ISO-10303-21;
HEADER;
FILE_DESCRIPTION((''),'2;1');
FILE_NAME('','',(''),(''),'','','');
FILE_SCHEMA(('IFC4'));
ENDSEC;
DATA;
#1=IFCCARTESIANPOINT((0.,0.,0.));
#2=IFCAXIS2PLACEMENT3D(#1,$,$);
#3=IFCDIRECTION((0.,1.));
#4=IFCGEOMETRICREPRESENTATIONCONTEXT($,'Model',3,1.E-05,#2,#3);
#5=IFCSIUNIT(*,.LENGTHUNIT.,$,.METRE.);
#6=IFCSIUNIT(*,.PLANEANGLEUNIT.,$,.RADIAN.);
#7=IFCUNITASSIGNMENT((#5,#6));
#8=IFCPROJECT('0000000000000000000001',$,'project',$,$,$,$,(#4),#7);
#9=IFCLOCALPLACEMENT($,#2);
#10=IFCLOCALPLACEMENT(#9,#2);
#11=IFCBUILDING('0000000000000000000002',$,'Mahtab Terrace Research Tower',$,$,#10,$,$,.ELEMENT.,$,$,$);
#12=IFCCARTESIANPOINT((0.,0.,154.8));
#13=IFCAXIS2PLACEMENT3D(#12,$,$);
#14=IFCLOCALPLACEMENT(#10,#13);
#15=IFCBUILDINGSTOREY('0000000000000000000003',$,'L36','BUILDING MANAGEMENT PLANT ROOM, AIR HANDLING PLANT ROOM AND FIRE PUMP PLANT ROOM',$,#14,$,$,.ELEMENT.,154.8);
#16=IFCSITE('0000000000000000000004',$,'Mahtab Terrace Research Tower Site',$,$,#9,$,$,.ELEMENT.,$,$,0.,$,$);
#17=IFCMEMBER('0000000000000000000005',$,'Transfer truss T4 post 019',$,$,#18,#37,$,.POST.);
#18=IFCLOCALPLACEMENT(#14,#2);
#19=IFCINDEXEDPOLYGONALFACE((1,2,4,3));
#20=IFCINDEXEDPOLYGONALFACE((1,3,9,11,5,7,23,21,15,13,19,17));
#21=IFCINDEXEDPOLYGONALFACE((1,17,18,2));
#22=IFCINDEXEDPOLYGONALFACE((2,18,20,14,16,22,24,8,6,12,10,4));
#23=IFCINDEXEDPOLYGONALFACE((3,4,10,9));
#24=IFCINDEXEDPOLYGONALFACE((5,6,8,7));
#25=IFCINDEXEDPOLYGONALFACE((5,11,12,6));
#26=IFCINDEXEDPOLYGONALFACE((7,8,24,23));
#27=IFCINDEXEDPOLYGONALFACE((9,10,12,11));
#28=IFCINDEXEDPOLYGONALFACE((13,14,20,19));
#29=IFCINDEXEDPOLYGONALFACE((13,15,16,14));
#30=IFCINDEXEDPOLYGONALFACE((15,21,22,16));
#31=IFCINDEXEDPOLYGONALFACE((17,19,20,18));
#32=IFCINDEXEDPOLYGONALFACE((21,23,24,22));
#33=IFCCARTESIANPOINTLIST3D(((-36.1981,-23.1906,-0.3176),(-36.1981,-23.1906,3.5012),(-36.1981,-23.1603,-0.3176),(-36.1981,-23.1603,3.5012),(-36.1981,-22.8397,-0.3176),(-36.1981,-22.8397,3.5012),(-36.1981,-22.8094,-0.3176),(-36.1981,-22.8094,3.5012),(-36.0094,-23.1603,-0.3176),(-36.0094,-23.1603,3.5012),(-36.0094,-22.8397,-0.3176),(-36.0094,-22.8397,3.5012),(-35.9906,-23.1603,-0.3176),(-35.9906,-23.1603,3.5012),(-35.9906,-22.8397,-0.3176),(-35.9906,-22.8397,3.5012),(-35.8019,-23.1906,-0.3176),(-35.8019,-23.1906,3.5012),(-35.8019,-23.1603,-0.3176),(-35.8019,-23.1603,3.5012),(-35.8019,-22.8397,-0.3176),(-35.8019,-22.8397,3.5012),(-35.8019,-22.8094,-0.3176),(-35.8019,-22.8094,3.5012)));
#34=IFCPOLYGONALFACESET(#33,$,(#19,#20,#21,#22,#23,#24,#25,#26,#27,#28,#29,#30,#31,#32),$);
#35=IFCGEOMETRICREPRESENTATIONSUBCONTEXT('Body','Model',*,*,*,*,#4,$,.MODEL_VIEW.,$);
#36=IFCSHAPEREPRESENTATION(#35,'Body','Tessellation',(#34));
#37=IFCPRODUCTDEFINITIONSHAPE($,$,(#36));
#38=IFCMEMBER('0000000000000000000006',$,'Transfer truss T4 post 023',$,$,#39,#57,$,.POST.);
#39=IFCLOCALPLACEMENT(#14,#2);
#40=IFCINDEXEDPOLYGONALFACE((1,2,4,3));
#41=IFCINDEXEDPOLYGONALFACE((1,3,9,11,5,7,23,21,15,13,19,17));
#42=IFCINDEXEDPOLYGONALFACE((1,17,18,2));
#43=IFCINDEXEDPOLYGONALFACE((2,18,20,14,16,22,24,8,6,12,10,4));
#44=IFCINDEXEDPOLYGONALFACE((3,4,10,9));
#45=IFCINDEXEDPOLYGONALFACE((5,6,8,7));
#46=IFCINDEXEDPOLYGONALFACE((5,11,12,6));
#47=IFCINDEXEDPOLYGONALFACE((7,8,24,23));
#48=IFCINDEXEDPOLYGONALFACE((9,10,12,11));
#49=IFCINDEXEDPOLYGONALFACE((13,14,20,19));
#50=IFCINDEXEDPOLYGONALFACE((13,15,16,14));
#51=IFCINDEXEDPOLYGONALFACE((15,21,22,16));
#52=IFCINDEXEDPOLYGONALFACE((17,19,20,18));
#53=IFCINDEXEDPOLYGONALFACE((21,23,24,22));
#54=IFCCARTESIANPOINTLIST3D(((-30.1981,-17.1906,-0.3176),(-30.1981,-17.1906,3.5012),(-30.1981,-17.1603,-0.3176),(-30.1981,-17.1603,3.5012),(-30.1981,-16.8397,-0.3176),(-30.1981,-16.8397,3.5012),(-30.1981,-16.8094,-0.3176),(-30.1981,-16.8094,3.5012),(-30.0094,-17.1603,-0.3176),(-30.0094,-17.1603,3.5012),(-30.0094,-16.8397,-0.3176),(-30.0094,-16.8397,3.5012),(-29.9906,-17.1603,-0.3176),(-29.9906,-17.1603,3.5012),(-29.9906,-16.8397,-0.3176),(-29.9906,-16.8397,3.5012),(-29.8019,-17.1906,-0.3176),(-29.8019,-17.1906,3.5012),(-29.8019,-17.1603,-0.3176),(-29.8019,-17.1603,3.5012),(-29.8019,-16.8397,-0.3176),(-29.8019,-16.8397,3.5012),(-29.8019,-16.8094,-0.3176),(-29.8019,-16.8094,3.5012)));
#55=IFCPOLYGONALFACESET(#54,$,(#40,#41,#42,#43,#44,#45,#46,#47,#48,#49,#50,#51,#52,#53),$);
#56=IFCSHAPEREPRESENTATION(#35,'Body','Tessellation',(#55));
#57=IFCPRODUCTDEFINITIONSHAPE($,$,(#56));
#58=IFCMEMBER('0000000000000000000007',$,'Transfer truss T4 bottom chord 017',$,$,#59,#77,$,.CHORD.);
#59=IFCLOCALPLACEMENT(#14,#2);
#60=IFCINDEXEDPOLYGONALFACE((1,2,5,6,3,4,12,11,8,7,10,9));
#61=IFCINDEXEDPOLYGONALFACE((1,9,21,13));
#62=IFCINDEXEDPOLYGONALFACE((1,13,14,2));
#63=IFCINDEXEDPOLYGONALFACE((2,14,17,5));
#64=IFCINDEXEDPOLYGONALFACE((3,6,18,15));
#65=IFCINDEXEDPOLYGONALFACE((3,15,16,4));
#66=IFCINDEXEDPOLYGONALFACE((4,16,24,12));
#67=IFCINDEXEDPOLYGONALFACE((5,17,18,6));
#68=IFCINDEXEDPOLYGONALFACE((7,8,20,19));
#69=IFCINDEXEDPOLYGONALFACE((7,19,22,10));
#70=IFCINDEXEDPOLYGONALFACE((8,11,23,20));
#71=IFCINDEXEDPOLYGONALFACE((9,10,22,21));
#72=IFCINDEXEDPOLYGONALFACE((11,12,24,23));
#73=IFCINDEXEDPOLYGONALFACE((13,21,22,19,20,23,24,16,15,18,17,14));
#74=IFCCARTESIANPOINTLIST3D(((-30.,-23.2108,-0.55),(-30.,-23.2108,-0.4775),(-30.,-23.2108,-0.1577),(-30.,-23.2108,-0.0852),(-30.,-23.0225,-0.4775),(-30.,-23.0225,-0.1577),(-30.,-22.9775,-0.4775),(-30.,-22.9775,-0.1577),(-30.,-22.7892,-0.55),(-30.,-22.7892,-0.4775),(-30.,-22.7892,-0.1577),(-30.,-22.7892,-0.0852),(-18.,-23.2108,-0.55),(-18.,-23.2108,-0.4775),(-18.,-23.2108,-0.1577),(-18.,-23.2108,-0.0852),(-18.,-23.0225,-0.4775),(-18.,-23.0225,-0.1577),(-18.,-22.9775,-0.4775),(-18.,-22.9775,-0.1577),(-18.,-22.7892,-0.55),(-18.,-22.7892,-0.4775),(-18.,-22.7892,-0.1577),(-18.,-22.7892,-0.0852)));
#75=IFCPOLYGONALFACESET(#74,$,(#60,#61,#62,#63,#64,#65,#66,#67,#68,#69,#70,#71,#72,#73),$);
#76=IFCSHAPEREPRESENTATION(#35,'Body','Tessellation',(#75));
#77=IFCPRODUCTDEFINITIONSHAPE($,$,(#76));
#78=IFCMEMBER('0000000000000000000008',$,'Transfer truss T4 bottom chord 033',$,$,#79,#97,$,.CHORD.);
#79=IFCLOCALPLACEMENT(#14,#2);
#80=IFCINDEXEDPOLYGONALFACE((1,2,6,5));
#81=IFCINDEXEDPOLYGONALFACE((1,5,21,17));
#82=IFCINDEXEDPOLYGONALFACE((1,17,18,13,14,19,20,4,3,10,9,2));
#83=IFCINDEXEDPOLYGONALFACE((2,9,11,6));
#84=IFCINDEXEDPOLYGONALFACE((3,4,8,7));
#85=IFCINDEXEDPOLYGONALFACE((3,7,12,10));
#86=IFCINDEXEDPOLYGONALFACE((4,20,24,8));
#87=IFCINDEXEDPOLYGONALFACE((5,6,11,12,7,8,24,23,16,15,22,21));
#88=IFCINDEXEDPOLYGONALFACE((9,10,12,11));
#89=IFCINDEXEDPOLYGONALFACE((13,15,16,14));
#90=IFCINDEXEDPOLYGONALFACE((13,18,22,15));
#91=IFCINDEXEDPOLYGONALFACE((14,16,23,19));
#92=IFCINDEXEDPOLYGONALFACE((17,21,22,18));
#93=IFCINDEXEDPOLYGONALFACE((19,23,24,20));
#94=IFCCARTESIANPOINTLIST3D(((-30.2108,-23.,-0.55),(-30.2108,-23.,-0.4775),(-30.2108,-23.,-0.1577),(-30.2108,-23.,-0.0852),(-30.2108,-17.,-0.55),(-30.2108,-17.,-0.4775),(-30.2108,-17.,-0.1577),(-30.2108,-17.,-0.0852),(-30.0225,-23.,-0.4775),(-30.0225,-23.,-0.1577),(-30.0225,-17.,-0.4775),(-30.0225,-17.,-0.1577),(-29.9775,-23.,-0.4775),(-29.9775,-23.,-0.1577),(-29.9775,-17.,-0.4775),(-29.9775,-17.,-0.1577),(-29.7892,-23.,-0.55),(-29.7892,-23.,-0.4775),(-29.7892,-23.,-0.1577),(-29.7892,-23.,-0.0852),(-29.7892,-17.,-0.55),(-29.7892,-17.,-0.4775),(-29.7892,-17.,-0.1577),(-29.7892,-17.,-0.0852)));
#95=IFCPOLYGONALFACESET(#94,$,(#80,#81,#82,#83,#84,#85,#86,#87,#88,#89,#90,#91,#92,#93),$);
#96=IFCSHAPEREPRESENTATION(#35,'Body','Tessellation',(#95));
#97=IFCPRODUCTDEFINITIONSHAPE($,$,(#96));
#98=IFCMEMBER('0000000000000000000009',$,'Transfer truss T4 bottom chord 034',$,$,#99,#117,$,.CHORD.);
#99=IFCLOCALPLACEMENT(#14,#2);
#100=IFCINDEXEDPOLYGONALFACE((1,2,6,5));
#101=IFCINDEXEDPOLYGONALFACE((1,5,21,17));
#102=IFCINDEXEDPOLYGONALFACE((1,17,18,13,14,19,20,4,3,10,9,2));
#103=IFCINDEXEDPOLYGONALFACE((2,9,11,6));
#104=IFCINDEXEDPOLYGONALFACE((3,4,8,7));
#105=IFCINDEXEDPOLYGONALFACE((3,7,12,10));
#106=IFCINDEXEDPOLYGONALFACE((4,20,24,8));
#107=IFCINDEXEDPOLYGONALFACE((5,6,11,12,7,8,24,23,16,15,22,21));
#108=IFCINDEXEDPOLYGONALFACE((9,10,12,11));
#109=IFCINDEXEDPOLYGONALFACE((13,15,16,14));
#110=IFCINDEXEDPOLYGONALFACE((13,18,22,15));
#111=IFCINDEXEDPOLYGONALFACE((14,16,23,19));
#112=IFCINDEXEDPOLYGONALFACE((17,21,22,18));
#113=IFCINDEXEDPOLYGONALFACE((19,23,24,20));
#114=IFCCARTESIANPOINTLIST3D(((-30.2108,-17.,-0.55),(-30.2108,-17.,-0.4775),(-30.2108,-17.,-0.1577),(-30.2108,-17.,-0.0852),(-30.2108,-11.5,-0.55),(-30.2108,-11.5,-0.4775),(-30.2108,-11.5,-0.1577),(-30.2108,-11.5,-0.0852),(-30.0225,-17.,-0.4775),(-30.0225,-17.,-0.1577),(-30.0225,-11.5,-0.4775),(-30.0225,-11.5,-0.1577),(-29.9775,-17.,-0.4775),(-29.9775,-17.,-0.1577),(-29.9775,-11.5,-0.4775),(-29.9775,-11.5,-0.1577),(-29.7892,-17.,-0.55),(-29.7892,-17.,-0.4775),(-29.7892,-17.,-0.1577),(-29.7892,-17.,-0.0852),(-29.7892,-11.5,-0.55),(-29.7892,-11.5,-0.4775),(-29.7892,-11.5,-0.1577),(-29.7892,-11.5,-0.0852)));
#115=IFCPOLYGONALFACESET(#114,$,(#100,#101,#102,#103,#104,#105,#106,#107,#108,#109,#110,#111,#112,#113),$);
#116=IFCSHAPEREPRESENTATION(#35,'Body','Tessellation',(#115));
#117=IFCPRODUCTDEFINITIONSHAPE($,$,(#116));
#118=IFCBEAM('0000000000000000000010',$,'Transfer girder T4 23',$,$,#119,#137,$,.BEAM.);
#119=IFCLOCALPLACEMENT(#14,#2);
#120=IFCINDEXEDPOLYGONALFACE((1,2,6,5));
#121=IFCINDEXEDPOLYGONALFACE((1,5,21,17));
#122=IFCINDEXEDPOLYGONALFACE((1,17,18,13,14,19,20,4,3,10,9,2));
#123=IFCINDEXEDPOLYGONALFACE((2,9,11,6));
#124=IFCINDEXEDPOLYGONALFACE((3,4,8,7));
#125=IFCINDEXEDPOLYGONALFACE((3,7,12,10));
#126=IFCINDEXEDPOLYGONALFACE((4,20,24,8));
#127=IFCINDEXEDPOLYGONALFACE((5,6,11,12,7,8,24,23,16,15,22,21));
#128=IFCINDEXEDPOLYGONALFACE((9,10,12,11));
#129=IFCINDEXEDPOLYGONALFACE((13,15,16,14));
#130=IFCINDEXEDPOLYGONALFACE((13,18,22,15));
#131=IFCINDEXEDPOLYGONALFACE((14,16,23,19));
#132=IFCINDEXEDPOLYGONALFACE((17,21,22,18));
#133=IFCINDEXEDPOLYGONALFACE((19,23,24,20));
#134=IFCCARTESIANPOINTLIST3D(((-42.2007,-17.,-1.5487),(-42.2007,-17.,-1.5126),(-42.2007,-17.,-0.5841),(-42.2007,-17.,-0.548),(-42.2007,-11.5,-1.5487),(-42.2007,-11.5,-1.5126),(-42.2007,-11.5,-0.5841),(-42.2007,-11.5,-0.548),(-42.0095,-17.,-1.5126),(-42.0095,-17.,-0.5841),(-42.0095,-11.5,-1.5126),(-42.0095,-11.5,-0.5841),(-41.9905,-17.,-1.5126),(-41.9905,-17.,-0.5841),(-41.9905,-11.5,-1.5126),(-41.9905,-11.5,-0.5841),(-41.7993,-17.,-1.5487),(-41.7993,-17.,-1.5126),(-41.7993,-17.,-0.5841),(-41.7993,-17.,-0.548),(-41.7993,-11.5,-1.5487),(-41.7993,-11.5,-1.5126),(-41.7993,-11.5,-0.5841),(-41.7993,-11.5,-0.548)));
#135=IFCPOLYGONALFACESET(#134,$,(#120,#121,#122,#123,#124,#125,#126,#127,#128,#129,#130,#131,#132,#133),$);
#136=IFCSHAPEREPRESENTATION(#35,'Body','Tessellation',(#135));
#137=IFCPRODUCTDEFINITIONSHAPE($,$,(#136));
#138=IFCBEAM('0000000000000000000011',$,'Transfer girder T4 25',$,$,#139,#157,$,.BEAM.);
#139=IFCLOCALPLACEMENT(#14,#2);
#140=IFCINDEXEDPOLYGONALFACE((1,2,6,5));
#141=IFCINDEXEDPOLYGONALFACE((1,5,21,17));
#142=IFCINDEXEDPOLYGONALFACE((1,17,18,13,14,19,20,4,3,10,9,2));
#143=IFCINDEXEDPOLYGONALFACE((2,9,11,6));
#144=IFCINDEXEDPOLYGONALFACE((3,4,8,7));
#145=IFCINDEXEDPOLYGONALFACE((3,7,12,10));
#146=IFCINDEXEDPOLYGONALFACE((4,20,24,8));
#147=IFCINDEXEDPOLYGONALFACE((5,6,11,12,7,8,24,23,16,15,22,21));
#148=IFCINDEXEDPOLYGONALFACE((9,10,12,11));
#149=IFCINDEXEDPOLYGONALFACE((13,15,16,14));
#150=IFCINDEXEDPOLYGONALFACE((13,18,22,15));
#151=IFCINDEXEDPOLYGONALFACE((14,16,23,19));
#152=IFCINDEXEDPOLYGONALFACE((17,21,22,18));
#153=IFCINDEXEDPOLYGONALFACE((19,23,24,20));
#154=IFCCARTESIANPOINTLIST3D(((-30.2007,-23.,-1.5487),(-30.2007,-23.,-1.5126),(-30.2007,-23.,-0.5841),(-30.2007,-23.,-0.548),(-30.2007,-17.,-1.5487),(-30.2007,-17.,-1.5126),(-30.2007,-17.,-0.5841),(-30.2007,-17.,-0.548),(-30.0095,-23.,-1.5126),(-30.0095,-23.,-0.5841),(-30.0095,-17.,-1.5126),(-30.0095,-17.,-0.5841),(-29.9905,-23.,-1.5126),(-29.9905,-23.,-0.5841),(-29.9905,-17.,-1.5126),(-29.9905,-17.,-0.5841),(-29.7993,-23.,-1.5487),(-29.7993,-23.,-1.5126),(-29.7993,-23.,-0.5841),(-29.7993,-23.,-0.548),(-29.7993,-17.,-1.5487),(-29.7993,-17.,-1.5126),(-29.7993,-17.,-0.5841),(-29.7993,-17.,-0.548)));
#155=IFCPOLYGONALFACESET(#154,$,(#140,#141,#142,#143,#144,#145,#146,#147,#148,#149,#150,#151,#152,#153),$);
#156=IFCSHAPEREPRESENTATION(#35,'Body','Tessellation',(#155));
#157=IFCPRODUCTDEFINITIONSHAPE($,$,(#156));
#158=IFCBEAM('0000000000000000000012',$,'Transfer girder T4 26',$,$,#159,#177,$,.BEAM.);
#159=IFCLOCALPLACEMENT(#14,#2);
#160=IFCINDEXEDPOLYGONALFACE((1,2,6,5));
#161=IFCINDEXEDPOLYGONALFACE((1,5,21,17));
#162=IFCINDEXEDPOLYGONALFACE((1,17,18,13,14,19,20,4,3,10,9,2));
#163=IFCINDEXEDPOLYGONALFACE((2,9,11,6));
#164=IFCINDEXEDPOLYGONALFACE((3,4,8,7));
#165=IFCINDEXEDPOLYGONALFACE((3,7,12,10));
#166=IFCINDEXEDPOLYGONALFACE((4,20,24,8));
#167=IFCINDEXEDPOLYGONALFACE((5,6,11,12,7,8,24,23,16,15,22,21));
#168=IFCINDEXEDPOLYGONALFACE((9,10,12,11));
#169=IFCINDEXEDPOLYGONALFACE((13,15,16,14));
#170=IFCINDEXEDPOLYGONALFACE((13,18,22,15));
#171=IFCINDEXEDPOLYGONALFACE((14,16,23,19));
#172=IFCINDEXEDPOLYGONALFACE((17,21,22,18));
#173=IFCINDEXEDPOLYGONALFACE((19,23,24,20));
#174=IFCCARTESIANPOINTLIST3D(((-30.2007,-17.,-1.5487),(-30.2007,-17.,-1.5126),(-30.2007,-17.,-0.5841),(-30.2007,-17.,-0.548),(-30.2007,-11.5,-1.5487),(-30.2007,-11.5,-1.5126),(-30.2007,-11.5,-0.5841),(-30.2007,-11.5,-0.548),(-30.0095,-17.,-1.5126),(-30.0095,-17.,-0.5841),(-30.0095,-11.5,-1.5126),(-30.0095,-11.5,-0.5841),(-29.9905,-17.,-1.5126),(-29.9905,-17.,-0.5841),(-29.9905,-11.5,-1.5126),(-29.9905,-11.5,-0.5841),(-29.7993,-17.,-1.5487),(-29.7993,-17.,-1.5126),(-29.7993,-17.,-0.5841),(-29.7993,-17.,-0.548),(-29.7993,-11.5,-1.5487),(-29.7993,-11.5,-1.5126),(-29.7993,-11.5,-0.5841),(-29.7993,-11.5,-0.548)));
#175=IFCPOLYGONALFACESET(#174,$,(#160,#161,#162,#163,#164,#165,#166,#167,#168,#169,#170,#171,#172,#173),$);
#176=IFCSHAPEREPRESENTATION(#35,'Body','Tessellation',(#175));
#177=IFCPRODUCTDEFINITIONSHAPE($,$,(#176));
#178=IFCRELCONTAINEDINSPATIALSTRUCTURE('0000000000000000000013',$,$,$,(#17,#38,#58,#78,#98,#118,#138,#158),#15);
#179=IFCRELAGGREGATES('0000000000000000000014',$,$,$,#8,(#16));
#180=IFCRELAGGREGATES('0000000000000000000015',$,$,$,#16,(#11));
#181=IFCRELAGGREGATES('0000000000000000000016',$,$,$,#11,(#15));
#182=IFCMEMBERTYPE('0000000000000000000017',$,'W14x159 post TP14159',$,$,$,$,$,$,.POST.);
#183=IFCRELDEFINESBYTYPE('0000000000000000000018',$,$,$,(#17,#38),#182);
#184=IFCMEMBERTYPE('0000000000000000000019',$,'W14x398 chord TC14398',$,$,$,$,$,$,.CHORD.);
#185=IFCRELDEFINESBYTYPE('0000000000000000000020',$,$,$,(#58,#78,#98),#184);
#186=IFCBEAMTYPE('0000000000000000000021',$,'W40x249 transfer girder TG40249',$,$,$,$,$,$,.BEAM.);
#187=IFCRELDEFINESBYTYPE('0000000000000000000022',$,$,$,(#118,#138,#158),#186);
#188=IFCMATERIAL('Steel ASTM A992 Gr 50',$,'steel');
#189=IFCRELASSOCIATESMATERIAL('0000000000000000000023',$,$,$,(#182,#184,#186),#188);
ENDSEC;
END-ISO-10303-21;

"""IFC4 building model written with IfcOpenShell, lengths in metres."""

from ifc_helpers import new_model, si_unit, direction, frame, origin, origin_2d, place, context, subcontext, project, spatial, i_section, extrude, material, material_profile, profile_set, type_object, element, save


model = new_model("IFC4")

# Units and contexts
model_context = context("Model", 3, precision=1e-05, world=origin(), true_north=direction((0.0, 1.0)))
body_context = subcontext(model_context, "Body", "Model", "MODEL_VIEW")
ifc_project = project(units=[si_unit("LENGTHUNIT", "METRE"), si_unit("PLANEANGLEUNIT", "RADIAN")], contexts=[model_context])

# Site, building, storey
site_placement = place(None, origin())
site = spatial("IfcSite", under=ifc_project, at=site_placement, Name="Mahtab Terrace Research Tower Site", CompositionType="ELEMENT", RefElevation=0.0)
building_placement = place(site_placement, origin())
building = spatial("IfcBuilding", under=site, at=building_placement, Name="Mahtab Terrace Research Tower", CompositionType="ELEMENT")
storey_placement = place(building_placement, frame((0.0, 0.0, 154.8)))
storey = spatial("IfcBuildingStorey", under=building, at=storey_placement, Name="L36", Description="BUILDING MANAGEMENT PLANT ROOM, AIR HANDLING PLANT ROOM AND FIRE PUMP PLANT ROOM", CompositionType="ELEMENT", Elevation=154.8)

# Shared definitions
ifc_material_1 = material(Name="Steel ASTM A992 Gr 50", Category="steel")

# Members
ifc_material_profile_1 = material_profile(ifc_material_1, i_section(OverallWidth=0.3962, OverallDepth=0.3811, WebThickness=0.0188, FlangeThickness=0.0303, at=origin_2d()), Name="W14X159")
ifc_profile_set_1 = profile_set([ifc_material_profile_1], Name="Steel ASTM A992 Gr 50")
member_type_1 = type_object("IfcMemberType", Name="W14x159 post TP14159", PredefinedType="POST", material=ifc_profile_set_1)
for number, where, z_axis, x_axis, name in (
    (1, (-36.0, -23.0, -0.3176), (0.0, 0.0, 1.0), (1.0, 0.0, 0.0), "Transfer truss T4 post 019"),
    (2, (-30.0, -17.0, -0.3176), (0.0, 0.0, 1.0), (1.0, 0.0, 0.0), "Transfer truss T4 post 023"),
):
    element("IfcMember", number, at=place(storey_placement, frame(where, z_axis=z_axis, x_axis=x_axis)), inside=storey, type_object=member_type_1, Name=name, PredefinedType="POST", context=body_context, shape_type="SweptSolid", body=[
        extrude(i_section(OverallWidth=0.3962, OverallDepth=0.3811, WebThickness=0.0188, FlangeThickness=0.0303, at=origin_2d()), origin(), (0.0, 0.0, 1.0), 3.8188),
    ])
ifc_material_profile_2 = material_profile(ifc_material_1, i_section(OverallWidth=0.4216, OverallDepth=0.4648, WebThickness=0.0449, FlangeThickness=0.0725, at=origin_2d()), Name="W14X398")
ifc_profile_set_2 = profile_set([ifc_material_profile_2], Name="Steel ASTM A992 Gr 50")
member_type_2 = type_object("IfcMemberType", Name="W14x398 chord TC14398", PredefinedType="CHORD", material=ifc_profile_set_2)
member_1_placement = place(storey_placement, frame((-30.0, -23.0, -0.3176), z_axis=(1.0, 0.0, 0.0), x_axis=(0.0, 1.0, 0.0)))
element("IfcMember", 3, at=member_1_placement, inside=storey, type_object=member_type_2, Name="Transfer truss T4 bottom chord 017", PredefinedType="CHORD", context=body_context, shape_type="SweptSolid", body=[
    extrude(i_section(OverallWidth=0.4216, OverallDepth=0.4648, WebThickness=0.0449, FlangeThickness=0.0725, at=origin_2d()), origin(), (0.0, 0.0, 1.0), 12.0),
])
member_2_placement = place(storey_placement, frame((-30.0, -23.0, -0.3176), z_axis=(0.0, 1.0, 0.0), x_axis=(-1.0, 0.0, 0.0)))
element("IfcMember", 4, at=member_2_placement, inside=storey, type_object=member_type_2, Name="Transfer truss T4 bottom chord 033", PredefinedType="CHORD", context=body_context, shape_type="SweptSolid", body=[
    extrude(i_section(OverallWidth=0.4216, OverallDepth=0.4648, WebThickness=0.0449, FlangeThickness=0.0725, at=origin_2d()), origin(), (0.0, 0.0, 1.0), 6.0),
])
member_3_placement = place(storey_placement, frame((-30.0, -17.0, -0.3176), z_axis=(0.0, 1.0, 0.0), x_axis=(-1.0, 0.0, 0.0)))
element("IfcMember", 5, at=member_3_placement, inside=storey, type_object=member_type_2, Name="Transfer truss T4 bottom chord 034", PredefinedType="CHORD", context=body_context, shape_type="SweptSolid", body=[
    extrude(i_section(OverallWidth=0.4216, OverallDepth=0.4648, WebThickness=0.0449, FlangeThickness=0.0725, at=origin_2d()), origin(), (0.0, 0.0, 1.0), 5.5),
])

# Beams
ifc_material_profile_3 = material_profile(ifc_material_1, i_section(OverallWidth=0.4014, OverallDepth=1.0007, WebThickness=0.019, FlangeThickness=0.0361, at=origin_2d()), Name="W40X249")
ifc_profile_set_3 = profile_set([ifc_material_profile_3], Name="Steel ASTM A992 Gr 50")
beam_type = type_object("IfcBeamType", Name="W40x249 transfer girder TG40249", PredefinedType="BEAM", material=ifc_profile_set_3)
beam_1_placement = place(storey_placement, frame((-42.0, -17.0, -1.0483), z_axis=(0.0, 1.0, 0.0), x_axis=(-1.0, 0.0, 0.0)))
element("IfcBeam", 6, at=beam_1_placement, inside=storey, type_object=beam_type, Name="Transfer girder T4 23", PredefinedType="BEAM", context=body_context, shape_type="SweptSolid", body=[
    extrude(i_section(OverallWidth=0.4014, OverallDepth=1.0007, WebThickness=0.019, FlangeThickness=0.0361, at=origin_2d()), origin(), (0.0, 0.0, 1.0), 5.5),
])
beam_2_placement = place(storey_placement, frame((-30.0, -23.0, -1.0483), z_axis=(0.0, 1.0, 0.0), x_axis=(-1.0, 0.0, 0.0)))
element("IfcBeam", 7, at=beam_2_placement, inside=storey, type_object=beam_type, Name="Transfer girder T4 25", PredefinedType="BEAM", context=body_context, shape_type="SweptSolid", body=[
    extrude(i_section(OverallWidth=0.4014, OverallDepth=1.0007, WebThickness=0.019, FlangeThickness=0.0361, at=origin_2d()), origin(), (0.0, 0.0, 1.0), 6.0),
])
beam_3_placement = place(storey_placement, frame((-30.0, -17.0, -1.0483), z_axis=(0.0, 1.0, 0.0), x_axis=(-1.0, 0.0, 0.0)))
element("IfcBeam", 8, at=beam_3_placement, inside=storey, type_object=beam_type, Name="Transfer girder T4 26", PredefinedType="BEAM", context=body_context, shape_type="SweptSolid", body=[
    extrude(i_section(OverallWidth=0.4014, OverallDepth=1.0007, WebThickness=0.019, FlangeThickness=0.0361, at=origin_2d()), origin(), (0.0, 0.0, 1.0), 5.5),
])

save(model, "model.ifc")
